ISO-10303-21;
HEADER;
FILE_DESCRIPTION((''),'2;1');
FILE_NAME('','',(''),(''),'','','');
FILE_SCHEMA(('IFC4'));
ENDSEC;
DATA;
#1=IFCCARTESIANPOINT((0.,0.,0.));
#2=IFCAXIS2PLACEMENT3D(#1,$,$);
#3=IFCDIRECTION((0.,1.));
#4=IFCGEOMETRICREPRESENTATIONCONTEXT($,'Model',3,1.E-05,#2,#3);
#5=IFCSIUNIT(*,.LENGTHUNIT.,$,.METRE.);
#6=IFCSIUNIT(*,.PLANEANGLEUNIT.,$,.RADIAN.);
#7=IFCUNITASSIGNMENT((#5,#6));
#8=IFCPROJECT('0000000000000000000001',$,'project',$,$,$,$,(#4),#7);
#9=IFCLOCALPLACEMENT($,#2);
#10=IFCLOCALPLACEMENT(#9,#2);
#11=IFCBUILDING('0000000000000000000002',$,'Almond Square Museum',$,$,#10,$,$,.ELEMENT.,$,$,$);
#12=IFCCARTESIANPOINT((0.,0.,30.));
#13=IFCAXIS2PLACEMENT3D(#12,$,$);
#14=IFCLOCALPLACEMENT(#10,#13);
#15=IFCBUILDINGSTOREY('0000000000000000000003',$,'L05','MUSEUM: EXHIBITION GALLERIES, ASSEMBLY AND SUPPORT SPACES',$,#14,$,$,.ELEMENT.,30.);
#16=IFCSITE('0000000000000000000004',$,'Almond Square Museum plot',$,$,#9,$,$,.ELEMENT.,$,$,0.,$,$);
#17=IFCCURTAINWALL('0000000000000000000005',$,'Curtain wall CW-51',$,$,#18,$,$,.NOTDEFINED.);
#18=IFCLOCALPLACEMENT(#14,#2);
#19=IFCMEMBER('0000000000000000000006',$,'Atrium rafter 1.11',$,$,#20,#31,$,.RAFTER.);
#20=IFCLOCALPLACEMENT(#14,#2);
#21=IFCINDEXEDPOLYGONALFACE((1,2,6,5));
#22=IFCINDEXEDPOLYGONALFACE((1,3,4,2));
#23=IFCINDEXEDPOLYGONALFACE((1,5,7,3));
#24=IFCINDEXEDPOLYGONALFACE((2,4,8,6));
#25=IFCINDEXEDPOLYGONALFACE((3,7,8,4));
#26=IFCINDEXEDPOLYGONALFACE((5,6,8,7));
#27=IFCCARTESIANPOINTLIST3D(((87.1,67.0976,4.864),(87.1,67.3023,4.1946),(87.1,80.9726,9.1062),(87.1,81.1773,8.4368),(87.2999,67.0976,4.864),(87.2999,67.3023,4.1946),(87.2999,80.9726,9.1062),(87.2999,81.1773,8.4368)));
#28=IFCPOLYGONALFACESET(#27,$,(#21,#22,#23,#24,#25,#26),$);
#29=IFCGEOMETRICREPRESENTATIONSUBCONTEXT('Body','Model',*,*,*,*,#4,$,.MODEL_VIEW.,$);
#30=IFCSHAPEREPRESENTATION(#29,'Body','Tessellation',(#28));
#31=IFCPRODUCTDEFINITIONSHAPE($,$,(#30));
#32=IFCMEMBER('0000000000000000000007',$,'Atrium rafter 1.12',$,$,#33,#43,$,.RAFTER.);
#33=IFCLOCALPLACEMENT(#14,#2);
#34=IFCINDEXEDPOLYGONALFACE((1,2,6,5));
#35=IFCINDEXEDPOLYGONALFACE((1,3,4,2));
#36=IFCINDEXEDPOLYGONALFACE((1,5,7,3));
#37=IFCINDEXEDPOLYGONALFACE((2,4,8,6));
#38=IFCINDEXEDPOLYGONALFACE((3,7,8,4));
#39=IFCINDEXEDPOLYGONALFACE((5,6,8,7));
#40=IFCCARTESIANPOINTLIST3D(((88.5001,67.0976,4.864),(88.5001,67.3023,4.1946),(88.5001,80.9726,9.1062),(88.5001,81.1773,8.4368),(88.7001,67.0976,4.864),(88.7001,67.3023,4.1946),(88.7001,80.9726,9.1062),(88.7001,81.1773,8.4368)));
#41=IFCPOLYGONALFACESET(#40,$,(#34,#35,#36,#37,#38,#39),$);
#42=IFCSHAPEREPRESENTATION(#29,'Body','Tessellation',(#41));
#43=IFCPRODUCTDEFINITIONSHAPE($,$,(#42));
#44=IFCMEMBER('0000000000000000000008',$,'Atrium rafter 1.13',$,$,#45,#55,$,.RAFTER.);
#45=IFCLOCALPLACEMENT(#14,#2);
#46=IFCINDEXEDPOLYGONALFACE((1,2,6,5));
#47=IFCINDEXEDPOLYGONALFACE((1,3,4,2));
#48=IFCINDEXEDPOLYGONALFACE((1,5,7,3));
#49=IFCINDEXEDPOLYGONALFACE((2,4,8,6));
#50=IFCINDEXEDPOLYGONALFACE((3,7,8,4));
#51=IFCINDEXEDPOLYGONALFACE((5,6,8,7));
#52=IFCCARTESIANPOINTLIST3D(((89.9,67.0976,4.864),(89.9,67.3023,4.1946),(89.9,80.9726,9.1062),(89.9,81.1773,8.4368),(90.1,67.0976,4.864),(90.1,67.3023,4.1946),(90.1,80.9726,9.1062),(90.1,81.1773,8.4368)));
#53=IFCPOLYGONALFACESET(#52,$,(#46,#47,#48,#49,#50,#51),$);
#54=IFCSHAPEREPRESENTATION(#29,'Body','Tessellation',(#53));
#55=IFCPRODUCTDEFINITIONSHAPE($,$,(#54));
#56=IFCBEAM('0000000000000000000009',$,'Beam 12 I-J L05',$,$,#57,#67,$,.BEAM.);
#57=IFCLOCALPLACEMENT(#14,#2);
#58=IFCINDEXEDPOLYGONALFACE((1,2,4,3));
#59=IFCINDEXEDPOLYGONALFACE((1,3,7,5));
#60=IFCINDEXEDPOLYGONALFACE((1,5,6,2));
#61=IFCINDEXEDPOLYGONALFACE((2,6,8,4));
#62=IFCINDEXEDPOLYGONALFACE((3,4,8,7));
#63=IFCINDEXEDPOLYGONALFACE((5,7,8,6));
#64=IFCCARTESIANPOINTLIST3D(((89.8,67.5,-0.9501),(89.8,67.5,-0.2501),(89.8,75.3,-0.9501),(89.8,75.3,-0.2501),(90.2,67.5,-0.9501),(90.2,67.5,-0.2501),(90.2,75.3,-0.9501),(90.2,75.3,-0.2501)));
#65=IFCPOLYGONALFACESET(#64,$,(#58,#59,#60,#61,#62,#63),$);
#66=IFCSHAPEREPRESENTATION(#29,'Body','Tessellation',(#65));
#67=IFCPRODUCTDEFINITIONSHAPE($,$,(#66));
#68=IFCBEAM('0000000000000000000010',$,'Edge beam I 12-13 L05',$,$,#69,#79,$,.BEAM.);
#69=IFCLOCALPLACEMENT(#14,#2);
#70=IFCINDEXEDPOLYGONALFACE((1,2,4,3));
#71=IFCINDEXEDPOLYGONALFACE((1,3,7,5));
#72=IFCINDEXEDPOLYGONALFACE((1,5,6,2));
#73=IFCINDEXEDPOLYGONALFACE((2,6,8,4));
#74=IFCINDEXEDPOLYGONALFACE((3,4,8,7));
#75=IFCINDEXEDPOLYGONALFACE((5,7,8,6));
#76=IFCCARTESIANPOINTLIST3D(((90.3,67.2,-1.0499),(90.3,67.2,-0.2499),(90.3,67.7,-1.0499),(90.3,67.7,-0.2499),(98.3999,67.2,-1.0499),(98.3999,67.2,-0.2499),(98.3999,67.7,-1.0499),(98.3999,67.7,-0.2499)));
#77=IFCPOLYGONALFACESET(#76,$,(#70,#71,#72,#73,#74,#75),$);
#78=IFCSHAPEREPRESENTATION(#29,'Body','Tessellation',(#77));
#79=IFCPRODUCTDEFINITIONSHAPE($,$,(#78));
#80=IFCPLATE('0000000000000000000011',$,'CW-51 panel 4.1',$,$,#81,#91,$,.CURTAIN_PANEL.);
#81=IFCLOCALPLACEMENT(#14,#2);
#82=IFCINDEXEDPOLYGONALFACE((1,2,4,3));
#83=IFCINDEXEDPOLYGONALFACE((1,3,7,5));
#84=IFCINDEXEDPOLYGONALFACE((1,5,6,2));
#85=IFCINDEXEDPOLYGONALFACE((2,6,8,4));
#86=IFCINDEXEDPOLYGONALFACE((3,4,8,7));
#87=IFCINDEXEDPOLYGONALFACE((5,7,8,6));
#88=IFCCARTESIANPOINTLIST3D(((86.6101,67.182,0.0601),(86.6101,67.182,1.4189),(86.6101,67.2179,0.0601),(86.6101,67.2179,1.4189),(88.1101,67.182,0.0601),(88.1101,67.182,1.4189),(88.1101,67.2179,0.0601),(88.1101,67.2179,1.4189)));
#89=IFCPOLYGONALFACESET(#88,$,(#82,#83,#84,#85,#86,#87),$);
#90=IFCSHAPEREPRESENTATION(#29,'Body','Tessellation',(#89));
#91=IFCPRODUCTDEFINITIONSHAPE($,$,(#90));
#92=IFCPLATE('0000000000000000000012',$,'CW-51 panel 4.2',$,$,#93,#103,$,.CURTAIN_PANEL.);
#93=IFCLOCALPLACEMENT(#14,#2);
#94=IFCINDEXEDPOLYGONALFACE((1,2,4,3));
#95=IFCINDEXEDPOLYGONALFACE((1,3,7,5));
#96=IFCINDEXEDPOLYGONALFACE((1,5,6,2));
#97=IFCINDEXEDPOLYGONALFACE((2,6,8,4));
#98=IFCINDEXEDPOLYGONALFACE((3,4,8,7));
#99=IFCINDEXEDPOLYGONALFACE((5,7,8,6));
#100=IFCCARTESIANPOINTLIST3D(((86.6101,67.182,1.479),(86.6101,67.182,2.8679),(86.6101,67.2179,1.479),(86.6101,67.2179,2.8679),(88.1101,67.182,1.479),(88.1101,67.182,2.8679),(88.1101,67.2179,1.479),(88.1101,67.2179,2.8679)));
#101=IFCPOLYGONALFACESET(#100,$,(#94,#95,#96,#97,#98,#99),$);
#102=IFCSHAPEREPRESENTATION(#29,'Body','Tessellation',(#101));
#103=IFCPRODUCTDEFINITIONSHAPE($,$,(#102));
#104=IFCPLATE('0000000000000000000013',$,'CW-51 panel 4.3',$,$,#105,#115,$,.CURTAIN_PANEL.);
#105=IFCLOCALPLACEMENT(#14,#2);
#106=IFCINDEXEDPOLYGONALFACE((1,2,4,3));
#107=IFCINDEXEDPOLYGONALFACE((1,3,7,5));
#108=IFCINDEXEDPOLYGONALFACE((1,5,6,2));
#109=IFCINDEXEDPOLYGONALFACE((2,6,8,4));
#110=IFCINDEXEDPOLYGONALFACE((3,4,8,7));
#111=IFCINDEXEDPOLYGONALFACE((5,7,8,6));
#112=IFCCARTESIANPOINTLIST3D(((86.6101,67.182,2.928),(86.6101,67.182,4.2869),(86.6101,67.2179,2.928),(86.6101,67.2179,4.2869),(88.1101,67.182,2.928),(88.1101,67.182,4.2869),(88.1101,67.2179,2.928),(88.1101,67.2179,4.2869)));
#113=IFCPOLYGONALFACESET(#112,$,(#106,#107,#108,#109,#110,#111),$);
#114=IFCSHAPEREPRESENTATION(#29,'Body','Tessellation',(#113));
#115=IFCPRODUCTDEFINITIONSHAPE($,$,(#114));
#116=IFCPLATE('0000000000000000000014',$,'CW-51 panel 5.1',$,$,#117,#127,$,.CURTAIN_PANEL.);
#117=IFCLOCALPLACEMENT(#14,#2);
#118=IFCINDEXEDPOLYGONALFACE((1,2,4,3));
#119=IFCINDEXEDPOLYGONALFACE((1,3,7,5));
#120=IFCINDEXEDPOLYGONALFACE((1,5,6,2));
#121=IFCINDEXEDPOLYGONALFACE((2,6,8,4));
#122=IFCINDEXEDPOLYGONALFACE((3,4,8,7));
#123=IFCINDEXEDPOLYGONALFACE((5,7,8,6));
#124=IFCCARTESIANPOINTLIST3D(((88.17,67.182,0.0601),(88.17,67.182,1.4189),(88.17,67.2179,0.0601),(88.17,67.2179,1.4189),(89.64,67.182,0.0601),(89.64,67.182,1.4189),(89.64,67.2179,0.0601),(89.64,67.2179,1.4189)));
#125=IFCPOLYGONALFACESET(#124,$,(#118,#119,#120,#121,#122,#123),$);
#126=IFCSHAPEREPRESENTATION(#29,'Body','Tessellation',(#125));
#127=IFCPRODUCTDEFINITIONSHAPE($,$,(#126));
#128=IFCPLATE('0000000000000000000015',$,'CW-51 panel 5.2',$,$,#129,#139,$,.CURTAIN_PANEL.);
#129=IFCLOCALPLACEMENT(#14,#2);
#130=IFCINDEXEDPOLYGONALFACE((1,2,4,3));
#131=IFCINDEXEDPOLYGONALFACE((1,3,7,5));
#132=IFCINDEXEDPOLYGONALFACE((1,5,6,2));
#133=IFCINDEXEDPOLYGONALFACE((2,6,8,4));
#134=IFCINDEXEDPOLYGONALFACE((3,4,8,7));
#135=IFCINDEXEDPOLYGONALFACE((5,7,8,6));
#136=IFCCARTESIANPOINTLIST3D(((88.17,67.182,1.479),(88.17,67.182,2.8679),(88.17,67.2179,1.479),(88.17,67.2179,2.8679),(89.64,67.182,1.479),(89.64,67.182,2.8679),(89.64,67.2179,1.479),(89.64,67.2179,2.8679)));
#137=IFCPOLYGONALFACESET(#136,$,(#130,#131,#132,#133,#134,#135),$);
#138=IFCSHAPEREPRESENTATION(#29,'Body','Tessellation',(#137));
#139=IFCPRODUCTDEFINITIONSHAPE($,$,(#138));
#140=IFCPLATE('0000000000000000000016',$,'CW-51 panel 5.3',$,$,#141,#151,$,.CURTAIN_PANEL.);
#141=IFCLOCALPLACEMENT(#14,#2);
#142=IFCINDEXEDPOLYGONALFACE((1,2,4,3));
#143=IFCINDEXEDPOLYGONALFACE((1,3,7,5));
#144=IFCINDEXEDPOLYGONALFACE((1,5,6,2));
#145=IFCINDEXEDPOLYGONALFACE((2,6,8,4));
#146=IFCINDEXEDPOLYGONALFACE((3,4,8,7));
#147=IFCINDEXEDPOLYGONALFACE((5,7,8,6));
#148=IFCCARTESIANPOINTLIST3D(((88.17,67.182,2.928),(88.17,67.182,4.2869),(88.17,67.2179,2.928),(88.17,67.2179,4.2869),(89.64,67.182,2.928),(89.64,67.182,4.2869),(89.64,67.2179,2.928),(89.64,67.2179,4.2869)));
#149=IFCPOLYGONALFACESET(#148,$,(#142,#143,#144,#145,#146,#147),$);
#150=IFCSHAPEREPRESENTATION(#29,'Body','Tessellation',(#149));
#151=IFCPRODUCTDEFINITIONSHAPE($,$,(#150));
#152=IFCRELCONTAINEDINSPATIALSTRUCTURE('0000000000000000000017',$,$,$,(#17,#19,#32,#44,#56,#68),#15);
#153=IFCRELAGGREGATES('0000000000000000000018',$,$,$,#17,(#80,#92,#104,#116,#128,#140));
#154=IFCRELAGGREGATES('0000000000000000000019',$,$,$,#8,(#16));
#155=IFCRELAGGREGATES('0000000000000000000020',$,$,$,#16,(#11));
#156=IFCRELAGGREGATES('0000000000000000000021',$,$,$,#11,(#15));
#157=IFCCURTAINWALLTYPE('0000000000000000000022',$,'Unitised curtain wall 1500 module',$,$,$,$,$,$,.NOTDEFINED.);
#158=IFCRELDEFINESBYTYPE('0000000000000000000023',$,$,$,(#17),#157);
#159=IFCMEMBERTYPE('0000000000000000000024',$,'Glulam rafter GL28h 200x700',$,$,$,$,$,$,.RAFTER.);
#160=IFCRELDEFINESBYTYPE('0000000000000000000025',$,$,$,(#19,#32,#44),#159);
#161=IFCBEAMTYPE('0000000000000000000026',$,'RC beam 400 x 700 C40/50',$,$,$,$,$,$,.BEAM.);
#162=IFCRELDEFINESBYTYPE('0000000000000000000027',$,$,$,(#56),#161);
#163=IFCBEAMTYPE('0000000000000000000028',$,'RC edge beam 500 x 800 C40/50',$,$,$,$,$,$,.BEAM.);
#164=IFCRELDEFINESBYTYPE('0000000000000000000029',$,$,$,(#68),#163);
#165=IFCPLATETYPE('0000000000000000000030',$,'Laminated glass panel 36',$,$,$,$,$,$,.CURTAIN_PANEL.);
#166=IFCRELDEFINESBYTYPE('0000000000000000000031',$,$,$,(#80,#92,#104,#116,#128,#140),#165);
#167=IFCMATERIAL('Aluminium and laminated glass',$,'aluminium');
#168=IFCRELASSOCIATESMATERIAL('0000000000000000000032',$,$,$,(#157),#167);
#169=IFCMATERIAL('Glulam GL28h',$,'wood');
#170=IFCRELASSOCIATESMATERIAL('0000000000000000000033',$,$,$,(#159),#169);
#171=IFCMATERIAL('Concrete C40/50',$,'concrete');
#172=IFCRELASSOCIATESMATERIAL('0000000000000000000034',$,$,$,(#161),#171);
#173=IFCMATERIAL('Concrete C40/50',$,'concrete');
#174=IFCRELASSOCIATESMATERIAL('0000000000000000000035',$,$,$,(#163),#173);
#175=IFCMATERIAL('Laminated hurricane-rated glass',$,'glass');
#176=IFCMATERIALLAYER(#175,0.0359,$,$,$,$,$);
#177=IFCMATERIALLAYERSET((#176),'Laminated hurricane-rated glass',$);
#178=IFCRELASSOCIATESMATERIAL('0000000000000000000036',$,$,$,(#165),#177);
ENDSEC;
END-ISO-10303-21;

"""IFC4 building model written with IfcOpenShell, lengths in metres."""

from ifc_helpers import new_model, si_unit, direction, frame, origin, origin_2d, place, context, subcontext, project, spatial, rectangle, extrude, material, layer, layer_set, material_profile, profile_set, type_object, element, aggregate, save


model = new_model("IFC4")

# Units and contexts
model_context = context("Model", 3, precision=1e-05, world=origin(), true_north=direction((0.0, 1.0)))
body_context = subcontext(model_context, "Body", "Model", "MODEL_VIEW")
ifc_project = project(units=[si_unit("LENGTHUNIT", "METRE"), si_unit("PLANEANGLEUNIT", "RADIAN")], contexts=[model_context])

# Site, building, storey
site_placement = place(None, origin())
site = spatial("IfcSite", under=ifc_project, at=site_placement, Name="Almond Square Museum plot", CompositionType="ELEMENT", RefElevation=0.0)
building_placement = place(site_placement, origin())
building = spatial("IfcBuilding", under=site, at=building_placement, Name="Almond Square Museum", CompositionType="ELEMENT")
storey_placement = place(building_placement, frame((0.0, 0.0, 30.0)))
storey = spatial("IfcBuildingStorey", under=building, at=storey_placement, Name="L05", Description="MUSEUM: EXHIBITION GALLERIES, ASSEMBLY AND SUPPORT SPACES", CompositionType="ELEMENT", Elevation=30.0)

# Curtain wall
ifc_material_1 = material(Name="Aluminium and laminated glass", Category="aluminium")
curtain_wall_type = type_object("IfcCurtainWallType", Name="Unitised curtain wall 1500 module", PredefinedType="NOTDEFINED", material=ifc_material_1)
curtain_wall_1_placement = place(storey_placement, origin())
curtain_wall_1 = element("IfcCurtainWall", 1, at=curtain_wall_1_placement, inside=storey, type_object=curtain_wall_type, Name="Curtain wall CW-51", PredefinedType="NOTDEFINED")

# Members
ifc_material_2 = material(Name="Glulam GL28h", Category="wood")
ifc_material_profile_1 = material_profile(ifc_material_2, rectangle(XDim=0.2, YDim=0.7, at=origin_2d()))
ifc_profile_set_1 = profile_set([ifc_material_profile_1], Name="Glulam GL28h")
member_type_1 = type_object("IfcMemberType", Name="Glulam rafter GL28h 200x700", PredefinedType="RAFTER", material=ifc_profile_set_1)
for number, where, z_axis, x_axis, name in (
    (2, (87.2, 67.2, 4.5293), (0.0, 0.956301, 0.292383), (-1.0, 0.0, 0.0), "Atrium rafter 1.11"),
    (3, (88.6001, 67.2, 4.5293), (0.0, 0.956301, 0.292383), (-1.0, 0.0, 0.0), "Atrium rafter 1.12"),
    (4, (90.0, 67.2, 4.5293), (0.0, 0.956301, 0.292383), (-1.0, 0.0, 0.0), "Atrium rafter 1.13"),
):
    element("IfcMember", number, at=place(storey_placement, frame(where, z_axis=z_axis, x_axis=x_axis)), inside=storey, type_object=member_type_1, Name=name, PredefinedType="RAFTER", context=body_context, shape_type="SweptSolid", body=[
        extrude(rectangle(XDim=0.2, YDim=0.7, at=origin_2d()), origin(), (0.0, 0.0, 1.0), 14.509),
    ])

# Beams
ifc_material_3 = material(Name="Concrete C40/50", Category="concrete")
ifc_material_profile_2 = material_profile(ifc_material_3, rectangle(XDim=0.3999, YDim=0.7, at=origin_2d()))
ifc_profile_set_2 = profile_set([ifc_material_profile_2], Name="Concrete C40/50")
beam_type_1 = type_object("IfcBeamType", Name="RC beam 400 x 700 C40/50", PredefinedType="BEAM", material=ifc_profile_set_2)
beam_1_placement = place(storey_placement, frame((90.0, 67.5, -0.6001), z_axis=(0.0, 1.0, 0.0), x_axis=(-1.0, 0.0, 0.0)))
element("IfcBeam", 5, at=beam_1_placement, inside=storey, type_object=beam_type_1, Name="Beam 12 I-J L05", PredefinedType="BEAM", context=body_context, shape_type="SweptSolid", body=[
    extrude(rectangle(XDim=0.3999, YDim=0.7, at=origin_2d()), origin(), (0.0, 0.0, 1.0), 7.8),
])
ifc_material_4 = material(Name="Concrete C40/50", Category="concrete")
ifc_material_profile_3 = material_profile(ifc_material_4, rectangle(XDim=0.5, YDim=0.8, at=origin_2d()))
ifc_profile_set_3 = profile_set([ifc_material_profile_3], Name="Concrete C40/50")
beam_type_2 = type_object("IfcBeamType", Name="RC edge beam 500 x 800 C40/50", PredefinedType="BEAM", material=ifc_profile_set_3)
beam_2_placement = place(storey_placement, frame((90.3, 67.45, -0.6499), z_axis=(1.0, 0.0, 0.0), x_axis=(0.0, 1.0, 0.0)))
element("IfcBeam", 6, at=beam_2_placement, inside=storey, type_object=beam_type_2, Name="Edge beam I 12-13 L05", PredefinedType="BEAM", context=body_context, shape_type="SweptSolid", body=[
    extrude(rectangle(XDim=0.5, YDim=0.8, at=origin_2d()), origin(), (0.0, 0.0, 1.0), 8.0999),
])

# Plates
ifc_material_5 = material(Name="Laminated hurricane-rated glass", Category="glass")
ifc_layer = layer(ifc_material_5, 0.0359)
ifc_layer_set = layer_set([ifc_layer], Name="Laminated hurricane-rated glass")
plate_type = type_object("IfcPlateType", Name="Laminated glass panel 36", PredefinedType="CURTAIN_PANEL", material=ifc_layer_set)
plate_1_placement = place(storey_placement, frame((87.3601, 67.2, 0.0601), z_axis=(0.0, 0.0, 1.0), x_axis=(1.0, 0.0, 0.0)))
plate_1 = element("IfcPlate", 7, at=plate_1_placement, type_object=plate_type, Name="CW-51 panel 4.1", PredefinedType="CURTAIN_PANEL", context=body_context, shape_type="SweptSolid", body=[
    extrude(rectangle(XDim=1.5, YDim=0.0359, at=origin_2d()), origin(), (0.0, 0.0, 1.0), 1.3589),
])
plate_2_placement = place(storey_placement, frame((87.3601, 67.2, 1.479), z_axis=(0.0, 0.0, 1.0), x_axis=(1.0, 0.0, 0.0)))
plate_2 = element("IfcPlate", 8, at=plate_2_placement, type_object=plate_type, Name="CW-51 panel 4.2", PredefinedType="CURTAIN_PANEL", context=body_context, shape_type="SweptSolid", body=[
    extrude(rectangle(XDim=1.5, YDim=0.0359, at=origin_2d()), origin(), (0.0, 0.0, 1.0), 1.3889),
])
plate_3_placement = place(storey_placement, frame((87.3601, 67.2, 2.928), z_axis=(0.0, 0.0, 1.0), x_axis=(1.0, 0.0, 0.0)))
plate_3 = element("IfcPlate", 9, at=plate_3_placement, type_object=plate_type, Name="CW-51 panel 4.3", PredefinedType="CURTAIN_PANEL", context=body_context, shape_type="SweptSolid", body=[
    extrude(rectangle(XDim=1.5, YDim=0.0359, at=origin_2d()), origin(), (0.0, 0.0, 1.0), 1.3589),
])
plate_4_placement = place(storey_placement, frame((88.905, 67.2, 0.0601), z_axis=(0.0, 0.0, 1.0), x_axis=(1.0, 0.0, 0.0)))
plate_4 = element("IfcPlate", 10, at=plate_4_placement, type_object=plate_type, Name="CW-51 panel 5.1", PredefinedType="CURTAIN_PANEL", context=body_context, shape_type="SweptSolid", body=[
    extrude(rectangle(XDim=1.47, YDim=0.0359, at=origin_2d()), origin(), (0.0, 0.0, 1.0), 1.3589),
])
plate_5_placement = place(storey_placement, frame((88.905, 67.2, 1.479), z_axis=(0.0, 0.0, 1.0), x_axis=(1.0, 0.0, 0.0)))
plate_5 = element("IfcPlate", 11, at=plate_5_placement, type_object=plate_type, Name="CW-51 panel 5.2", PredefinedType="CURTAIN_PANEL", context=body_context, shape_type="SweptSolid", body=[
    extrude(rectangle(XDim=1.47, YDim=0.0359, at=origin_2d()), origin(), (0.0, 0.0, 1.0), 1.3889),
])
plate_6_placement = place(storey_placement, frame((88.905, 67.2, 2.928), z_axis=(0.0, 0.0, 1.0), x_axis=(1.0, 0.0, 0.0)))
plate_6 = element("IfcPlate", 12, at=plate_6_placement, type_object=plate_type, Name="CW-51 panel 5.3", PredefinedType="CURTAIN_PANEL", context=body_context, shape_type="SweptSolid", body=[
    extrude(rectangle(XDim=1.47, YDim=0.0359, at=origin_2d()), origin(), (0.0, 0.0, 1.0), 1.3589),
])
aggregate(curtain_wall_1, [plate_1, plate_2, plate_3, plate_4, plate_5, plate_6])

save(model, "model.ifc")
